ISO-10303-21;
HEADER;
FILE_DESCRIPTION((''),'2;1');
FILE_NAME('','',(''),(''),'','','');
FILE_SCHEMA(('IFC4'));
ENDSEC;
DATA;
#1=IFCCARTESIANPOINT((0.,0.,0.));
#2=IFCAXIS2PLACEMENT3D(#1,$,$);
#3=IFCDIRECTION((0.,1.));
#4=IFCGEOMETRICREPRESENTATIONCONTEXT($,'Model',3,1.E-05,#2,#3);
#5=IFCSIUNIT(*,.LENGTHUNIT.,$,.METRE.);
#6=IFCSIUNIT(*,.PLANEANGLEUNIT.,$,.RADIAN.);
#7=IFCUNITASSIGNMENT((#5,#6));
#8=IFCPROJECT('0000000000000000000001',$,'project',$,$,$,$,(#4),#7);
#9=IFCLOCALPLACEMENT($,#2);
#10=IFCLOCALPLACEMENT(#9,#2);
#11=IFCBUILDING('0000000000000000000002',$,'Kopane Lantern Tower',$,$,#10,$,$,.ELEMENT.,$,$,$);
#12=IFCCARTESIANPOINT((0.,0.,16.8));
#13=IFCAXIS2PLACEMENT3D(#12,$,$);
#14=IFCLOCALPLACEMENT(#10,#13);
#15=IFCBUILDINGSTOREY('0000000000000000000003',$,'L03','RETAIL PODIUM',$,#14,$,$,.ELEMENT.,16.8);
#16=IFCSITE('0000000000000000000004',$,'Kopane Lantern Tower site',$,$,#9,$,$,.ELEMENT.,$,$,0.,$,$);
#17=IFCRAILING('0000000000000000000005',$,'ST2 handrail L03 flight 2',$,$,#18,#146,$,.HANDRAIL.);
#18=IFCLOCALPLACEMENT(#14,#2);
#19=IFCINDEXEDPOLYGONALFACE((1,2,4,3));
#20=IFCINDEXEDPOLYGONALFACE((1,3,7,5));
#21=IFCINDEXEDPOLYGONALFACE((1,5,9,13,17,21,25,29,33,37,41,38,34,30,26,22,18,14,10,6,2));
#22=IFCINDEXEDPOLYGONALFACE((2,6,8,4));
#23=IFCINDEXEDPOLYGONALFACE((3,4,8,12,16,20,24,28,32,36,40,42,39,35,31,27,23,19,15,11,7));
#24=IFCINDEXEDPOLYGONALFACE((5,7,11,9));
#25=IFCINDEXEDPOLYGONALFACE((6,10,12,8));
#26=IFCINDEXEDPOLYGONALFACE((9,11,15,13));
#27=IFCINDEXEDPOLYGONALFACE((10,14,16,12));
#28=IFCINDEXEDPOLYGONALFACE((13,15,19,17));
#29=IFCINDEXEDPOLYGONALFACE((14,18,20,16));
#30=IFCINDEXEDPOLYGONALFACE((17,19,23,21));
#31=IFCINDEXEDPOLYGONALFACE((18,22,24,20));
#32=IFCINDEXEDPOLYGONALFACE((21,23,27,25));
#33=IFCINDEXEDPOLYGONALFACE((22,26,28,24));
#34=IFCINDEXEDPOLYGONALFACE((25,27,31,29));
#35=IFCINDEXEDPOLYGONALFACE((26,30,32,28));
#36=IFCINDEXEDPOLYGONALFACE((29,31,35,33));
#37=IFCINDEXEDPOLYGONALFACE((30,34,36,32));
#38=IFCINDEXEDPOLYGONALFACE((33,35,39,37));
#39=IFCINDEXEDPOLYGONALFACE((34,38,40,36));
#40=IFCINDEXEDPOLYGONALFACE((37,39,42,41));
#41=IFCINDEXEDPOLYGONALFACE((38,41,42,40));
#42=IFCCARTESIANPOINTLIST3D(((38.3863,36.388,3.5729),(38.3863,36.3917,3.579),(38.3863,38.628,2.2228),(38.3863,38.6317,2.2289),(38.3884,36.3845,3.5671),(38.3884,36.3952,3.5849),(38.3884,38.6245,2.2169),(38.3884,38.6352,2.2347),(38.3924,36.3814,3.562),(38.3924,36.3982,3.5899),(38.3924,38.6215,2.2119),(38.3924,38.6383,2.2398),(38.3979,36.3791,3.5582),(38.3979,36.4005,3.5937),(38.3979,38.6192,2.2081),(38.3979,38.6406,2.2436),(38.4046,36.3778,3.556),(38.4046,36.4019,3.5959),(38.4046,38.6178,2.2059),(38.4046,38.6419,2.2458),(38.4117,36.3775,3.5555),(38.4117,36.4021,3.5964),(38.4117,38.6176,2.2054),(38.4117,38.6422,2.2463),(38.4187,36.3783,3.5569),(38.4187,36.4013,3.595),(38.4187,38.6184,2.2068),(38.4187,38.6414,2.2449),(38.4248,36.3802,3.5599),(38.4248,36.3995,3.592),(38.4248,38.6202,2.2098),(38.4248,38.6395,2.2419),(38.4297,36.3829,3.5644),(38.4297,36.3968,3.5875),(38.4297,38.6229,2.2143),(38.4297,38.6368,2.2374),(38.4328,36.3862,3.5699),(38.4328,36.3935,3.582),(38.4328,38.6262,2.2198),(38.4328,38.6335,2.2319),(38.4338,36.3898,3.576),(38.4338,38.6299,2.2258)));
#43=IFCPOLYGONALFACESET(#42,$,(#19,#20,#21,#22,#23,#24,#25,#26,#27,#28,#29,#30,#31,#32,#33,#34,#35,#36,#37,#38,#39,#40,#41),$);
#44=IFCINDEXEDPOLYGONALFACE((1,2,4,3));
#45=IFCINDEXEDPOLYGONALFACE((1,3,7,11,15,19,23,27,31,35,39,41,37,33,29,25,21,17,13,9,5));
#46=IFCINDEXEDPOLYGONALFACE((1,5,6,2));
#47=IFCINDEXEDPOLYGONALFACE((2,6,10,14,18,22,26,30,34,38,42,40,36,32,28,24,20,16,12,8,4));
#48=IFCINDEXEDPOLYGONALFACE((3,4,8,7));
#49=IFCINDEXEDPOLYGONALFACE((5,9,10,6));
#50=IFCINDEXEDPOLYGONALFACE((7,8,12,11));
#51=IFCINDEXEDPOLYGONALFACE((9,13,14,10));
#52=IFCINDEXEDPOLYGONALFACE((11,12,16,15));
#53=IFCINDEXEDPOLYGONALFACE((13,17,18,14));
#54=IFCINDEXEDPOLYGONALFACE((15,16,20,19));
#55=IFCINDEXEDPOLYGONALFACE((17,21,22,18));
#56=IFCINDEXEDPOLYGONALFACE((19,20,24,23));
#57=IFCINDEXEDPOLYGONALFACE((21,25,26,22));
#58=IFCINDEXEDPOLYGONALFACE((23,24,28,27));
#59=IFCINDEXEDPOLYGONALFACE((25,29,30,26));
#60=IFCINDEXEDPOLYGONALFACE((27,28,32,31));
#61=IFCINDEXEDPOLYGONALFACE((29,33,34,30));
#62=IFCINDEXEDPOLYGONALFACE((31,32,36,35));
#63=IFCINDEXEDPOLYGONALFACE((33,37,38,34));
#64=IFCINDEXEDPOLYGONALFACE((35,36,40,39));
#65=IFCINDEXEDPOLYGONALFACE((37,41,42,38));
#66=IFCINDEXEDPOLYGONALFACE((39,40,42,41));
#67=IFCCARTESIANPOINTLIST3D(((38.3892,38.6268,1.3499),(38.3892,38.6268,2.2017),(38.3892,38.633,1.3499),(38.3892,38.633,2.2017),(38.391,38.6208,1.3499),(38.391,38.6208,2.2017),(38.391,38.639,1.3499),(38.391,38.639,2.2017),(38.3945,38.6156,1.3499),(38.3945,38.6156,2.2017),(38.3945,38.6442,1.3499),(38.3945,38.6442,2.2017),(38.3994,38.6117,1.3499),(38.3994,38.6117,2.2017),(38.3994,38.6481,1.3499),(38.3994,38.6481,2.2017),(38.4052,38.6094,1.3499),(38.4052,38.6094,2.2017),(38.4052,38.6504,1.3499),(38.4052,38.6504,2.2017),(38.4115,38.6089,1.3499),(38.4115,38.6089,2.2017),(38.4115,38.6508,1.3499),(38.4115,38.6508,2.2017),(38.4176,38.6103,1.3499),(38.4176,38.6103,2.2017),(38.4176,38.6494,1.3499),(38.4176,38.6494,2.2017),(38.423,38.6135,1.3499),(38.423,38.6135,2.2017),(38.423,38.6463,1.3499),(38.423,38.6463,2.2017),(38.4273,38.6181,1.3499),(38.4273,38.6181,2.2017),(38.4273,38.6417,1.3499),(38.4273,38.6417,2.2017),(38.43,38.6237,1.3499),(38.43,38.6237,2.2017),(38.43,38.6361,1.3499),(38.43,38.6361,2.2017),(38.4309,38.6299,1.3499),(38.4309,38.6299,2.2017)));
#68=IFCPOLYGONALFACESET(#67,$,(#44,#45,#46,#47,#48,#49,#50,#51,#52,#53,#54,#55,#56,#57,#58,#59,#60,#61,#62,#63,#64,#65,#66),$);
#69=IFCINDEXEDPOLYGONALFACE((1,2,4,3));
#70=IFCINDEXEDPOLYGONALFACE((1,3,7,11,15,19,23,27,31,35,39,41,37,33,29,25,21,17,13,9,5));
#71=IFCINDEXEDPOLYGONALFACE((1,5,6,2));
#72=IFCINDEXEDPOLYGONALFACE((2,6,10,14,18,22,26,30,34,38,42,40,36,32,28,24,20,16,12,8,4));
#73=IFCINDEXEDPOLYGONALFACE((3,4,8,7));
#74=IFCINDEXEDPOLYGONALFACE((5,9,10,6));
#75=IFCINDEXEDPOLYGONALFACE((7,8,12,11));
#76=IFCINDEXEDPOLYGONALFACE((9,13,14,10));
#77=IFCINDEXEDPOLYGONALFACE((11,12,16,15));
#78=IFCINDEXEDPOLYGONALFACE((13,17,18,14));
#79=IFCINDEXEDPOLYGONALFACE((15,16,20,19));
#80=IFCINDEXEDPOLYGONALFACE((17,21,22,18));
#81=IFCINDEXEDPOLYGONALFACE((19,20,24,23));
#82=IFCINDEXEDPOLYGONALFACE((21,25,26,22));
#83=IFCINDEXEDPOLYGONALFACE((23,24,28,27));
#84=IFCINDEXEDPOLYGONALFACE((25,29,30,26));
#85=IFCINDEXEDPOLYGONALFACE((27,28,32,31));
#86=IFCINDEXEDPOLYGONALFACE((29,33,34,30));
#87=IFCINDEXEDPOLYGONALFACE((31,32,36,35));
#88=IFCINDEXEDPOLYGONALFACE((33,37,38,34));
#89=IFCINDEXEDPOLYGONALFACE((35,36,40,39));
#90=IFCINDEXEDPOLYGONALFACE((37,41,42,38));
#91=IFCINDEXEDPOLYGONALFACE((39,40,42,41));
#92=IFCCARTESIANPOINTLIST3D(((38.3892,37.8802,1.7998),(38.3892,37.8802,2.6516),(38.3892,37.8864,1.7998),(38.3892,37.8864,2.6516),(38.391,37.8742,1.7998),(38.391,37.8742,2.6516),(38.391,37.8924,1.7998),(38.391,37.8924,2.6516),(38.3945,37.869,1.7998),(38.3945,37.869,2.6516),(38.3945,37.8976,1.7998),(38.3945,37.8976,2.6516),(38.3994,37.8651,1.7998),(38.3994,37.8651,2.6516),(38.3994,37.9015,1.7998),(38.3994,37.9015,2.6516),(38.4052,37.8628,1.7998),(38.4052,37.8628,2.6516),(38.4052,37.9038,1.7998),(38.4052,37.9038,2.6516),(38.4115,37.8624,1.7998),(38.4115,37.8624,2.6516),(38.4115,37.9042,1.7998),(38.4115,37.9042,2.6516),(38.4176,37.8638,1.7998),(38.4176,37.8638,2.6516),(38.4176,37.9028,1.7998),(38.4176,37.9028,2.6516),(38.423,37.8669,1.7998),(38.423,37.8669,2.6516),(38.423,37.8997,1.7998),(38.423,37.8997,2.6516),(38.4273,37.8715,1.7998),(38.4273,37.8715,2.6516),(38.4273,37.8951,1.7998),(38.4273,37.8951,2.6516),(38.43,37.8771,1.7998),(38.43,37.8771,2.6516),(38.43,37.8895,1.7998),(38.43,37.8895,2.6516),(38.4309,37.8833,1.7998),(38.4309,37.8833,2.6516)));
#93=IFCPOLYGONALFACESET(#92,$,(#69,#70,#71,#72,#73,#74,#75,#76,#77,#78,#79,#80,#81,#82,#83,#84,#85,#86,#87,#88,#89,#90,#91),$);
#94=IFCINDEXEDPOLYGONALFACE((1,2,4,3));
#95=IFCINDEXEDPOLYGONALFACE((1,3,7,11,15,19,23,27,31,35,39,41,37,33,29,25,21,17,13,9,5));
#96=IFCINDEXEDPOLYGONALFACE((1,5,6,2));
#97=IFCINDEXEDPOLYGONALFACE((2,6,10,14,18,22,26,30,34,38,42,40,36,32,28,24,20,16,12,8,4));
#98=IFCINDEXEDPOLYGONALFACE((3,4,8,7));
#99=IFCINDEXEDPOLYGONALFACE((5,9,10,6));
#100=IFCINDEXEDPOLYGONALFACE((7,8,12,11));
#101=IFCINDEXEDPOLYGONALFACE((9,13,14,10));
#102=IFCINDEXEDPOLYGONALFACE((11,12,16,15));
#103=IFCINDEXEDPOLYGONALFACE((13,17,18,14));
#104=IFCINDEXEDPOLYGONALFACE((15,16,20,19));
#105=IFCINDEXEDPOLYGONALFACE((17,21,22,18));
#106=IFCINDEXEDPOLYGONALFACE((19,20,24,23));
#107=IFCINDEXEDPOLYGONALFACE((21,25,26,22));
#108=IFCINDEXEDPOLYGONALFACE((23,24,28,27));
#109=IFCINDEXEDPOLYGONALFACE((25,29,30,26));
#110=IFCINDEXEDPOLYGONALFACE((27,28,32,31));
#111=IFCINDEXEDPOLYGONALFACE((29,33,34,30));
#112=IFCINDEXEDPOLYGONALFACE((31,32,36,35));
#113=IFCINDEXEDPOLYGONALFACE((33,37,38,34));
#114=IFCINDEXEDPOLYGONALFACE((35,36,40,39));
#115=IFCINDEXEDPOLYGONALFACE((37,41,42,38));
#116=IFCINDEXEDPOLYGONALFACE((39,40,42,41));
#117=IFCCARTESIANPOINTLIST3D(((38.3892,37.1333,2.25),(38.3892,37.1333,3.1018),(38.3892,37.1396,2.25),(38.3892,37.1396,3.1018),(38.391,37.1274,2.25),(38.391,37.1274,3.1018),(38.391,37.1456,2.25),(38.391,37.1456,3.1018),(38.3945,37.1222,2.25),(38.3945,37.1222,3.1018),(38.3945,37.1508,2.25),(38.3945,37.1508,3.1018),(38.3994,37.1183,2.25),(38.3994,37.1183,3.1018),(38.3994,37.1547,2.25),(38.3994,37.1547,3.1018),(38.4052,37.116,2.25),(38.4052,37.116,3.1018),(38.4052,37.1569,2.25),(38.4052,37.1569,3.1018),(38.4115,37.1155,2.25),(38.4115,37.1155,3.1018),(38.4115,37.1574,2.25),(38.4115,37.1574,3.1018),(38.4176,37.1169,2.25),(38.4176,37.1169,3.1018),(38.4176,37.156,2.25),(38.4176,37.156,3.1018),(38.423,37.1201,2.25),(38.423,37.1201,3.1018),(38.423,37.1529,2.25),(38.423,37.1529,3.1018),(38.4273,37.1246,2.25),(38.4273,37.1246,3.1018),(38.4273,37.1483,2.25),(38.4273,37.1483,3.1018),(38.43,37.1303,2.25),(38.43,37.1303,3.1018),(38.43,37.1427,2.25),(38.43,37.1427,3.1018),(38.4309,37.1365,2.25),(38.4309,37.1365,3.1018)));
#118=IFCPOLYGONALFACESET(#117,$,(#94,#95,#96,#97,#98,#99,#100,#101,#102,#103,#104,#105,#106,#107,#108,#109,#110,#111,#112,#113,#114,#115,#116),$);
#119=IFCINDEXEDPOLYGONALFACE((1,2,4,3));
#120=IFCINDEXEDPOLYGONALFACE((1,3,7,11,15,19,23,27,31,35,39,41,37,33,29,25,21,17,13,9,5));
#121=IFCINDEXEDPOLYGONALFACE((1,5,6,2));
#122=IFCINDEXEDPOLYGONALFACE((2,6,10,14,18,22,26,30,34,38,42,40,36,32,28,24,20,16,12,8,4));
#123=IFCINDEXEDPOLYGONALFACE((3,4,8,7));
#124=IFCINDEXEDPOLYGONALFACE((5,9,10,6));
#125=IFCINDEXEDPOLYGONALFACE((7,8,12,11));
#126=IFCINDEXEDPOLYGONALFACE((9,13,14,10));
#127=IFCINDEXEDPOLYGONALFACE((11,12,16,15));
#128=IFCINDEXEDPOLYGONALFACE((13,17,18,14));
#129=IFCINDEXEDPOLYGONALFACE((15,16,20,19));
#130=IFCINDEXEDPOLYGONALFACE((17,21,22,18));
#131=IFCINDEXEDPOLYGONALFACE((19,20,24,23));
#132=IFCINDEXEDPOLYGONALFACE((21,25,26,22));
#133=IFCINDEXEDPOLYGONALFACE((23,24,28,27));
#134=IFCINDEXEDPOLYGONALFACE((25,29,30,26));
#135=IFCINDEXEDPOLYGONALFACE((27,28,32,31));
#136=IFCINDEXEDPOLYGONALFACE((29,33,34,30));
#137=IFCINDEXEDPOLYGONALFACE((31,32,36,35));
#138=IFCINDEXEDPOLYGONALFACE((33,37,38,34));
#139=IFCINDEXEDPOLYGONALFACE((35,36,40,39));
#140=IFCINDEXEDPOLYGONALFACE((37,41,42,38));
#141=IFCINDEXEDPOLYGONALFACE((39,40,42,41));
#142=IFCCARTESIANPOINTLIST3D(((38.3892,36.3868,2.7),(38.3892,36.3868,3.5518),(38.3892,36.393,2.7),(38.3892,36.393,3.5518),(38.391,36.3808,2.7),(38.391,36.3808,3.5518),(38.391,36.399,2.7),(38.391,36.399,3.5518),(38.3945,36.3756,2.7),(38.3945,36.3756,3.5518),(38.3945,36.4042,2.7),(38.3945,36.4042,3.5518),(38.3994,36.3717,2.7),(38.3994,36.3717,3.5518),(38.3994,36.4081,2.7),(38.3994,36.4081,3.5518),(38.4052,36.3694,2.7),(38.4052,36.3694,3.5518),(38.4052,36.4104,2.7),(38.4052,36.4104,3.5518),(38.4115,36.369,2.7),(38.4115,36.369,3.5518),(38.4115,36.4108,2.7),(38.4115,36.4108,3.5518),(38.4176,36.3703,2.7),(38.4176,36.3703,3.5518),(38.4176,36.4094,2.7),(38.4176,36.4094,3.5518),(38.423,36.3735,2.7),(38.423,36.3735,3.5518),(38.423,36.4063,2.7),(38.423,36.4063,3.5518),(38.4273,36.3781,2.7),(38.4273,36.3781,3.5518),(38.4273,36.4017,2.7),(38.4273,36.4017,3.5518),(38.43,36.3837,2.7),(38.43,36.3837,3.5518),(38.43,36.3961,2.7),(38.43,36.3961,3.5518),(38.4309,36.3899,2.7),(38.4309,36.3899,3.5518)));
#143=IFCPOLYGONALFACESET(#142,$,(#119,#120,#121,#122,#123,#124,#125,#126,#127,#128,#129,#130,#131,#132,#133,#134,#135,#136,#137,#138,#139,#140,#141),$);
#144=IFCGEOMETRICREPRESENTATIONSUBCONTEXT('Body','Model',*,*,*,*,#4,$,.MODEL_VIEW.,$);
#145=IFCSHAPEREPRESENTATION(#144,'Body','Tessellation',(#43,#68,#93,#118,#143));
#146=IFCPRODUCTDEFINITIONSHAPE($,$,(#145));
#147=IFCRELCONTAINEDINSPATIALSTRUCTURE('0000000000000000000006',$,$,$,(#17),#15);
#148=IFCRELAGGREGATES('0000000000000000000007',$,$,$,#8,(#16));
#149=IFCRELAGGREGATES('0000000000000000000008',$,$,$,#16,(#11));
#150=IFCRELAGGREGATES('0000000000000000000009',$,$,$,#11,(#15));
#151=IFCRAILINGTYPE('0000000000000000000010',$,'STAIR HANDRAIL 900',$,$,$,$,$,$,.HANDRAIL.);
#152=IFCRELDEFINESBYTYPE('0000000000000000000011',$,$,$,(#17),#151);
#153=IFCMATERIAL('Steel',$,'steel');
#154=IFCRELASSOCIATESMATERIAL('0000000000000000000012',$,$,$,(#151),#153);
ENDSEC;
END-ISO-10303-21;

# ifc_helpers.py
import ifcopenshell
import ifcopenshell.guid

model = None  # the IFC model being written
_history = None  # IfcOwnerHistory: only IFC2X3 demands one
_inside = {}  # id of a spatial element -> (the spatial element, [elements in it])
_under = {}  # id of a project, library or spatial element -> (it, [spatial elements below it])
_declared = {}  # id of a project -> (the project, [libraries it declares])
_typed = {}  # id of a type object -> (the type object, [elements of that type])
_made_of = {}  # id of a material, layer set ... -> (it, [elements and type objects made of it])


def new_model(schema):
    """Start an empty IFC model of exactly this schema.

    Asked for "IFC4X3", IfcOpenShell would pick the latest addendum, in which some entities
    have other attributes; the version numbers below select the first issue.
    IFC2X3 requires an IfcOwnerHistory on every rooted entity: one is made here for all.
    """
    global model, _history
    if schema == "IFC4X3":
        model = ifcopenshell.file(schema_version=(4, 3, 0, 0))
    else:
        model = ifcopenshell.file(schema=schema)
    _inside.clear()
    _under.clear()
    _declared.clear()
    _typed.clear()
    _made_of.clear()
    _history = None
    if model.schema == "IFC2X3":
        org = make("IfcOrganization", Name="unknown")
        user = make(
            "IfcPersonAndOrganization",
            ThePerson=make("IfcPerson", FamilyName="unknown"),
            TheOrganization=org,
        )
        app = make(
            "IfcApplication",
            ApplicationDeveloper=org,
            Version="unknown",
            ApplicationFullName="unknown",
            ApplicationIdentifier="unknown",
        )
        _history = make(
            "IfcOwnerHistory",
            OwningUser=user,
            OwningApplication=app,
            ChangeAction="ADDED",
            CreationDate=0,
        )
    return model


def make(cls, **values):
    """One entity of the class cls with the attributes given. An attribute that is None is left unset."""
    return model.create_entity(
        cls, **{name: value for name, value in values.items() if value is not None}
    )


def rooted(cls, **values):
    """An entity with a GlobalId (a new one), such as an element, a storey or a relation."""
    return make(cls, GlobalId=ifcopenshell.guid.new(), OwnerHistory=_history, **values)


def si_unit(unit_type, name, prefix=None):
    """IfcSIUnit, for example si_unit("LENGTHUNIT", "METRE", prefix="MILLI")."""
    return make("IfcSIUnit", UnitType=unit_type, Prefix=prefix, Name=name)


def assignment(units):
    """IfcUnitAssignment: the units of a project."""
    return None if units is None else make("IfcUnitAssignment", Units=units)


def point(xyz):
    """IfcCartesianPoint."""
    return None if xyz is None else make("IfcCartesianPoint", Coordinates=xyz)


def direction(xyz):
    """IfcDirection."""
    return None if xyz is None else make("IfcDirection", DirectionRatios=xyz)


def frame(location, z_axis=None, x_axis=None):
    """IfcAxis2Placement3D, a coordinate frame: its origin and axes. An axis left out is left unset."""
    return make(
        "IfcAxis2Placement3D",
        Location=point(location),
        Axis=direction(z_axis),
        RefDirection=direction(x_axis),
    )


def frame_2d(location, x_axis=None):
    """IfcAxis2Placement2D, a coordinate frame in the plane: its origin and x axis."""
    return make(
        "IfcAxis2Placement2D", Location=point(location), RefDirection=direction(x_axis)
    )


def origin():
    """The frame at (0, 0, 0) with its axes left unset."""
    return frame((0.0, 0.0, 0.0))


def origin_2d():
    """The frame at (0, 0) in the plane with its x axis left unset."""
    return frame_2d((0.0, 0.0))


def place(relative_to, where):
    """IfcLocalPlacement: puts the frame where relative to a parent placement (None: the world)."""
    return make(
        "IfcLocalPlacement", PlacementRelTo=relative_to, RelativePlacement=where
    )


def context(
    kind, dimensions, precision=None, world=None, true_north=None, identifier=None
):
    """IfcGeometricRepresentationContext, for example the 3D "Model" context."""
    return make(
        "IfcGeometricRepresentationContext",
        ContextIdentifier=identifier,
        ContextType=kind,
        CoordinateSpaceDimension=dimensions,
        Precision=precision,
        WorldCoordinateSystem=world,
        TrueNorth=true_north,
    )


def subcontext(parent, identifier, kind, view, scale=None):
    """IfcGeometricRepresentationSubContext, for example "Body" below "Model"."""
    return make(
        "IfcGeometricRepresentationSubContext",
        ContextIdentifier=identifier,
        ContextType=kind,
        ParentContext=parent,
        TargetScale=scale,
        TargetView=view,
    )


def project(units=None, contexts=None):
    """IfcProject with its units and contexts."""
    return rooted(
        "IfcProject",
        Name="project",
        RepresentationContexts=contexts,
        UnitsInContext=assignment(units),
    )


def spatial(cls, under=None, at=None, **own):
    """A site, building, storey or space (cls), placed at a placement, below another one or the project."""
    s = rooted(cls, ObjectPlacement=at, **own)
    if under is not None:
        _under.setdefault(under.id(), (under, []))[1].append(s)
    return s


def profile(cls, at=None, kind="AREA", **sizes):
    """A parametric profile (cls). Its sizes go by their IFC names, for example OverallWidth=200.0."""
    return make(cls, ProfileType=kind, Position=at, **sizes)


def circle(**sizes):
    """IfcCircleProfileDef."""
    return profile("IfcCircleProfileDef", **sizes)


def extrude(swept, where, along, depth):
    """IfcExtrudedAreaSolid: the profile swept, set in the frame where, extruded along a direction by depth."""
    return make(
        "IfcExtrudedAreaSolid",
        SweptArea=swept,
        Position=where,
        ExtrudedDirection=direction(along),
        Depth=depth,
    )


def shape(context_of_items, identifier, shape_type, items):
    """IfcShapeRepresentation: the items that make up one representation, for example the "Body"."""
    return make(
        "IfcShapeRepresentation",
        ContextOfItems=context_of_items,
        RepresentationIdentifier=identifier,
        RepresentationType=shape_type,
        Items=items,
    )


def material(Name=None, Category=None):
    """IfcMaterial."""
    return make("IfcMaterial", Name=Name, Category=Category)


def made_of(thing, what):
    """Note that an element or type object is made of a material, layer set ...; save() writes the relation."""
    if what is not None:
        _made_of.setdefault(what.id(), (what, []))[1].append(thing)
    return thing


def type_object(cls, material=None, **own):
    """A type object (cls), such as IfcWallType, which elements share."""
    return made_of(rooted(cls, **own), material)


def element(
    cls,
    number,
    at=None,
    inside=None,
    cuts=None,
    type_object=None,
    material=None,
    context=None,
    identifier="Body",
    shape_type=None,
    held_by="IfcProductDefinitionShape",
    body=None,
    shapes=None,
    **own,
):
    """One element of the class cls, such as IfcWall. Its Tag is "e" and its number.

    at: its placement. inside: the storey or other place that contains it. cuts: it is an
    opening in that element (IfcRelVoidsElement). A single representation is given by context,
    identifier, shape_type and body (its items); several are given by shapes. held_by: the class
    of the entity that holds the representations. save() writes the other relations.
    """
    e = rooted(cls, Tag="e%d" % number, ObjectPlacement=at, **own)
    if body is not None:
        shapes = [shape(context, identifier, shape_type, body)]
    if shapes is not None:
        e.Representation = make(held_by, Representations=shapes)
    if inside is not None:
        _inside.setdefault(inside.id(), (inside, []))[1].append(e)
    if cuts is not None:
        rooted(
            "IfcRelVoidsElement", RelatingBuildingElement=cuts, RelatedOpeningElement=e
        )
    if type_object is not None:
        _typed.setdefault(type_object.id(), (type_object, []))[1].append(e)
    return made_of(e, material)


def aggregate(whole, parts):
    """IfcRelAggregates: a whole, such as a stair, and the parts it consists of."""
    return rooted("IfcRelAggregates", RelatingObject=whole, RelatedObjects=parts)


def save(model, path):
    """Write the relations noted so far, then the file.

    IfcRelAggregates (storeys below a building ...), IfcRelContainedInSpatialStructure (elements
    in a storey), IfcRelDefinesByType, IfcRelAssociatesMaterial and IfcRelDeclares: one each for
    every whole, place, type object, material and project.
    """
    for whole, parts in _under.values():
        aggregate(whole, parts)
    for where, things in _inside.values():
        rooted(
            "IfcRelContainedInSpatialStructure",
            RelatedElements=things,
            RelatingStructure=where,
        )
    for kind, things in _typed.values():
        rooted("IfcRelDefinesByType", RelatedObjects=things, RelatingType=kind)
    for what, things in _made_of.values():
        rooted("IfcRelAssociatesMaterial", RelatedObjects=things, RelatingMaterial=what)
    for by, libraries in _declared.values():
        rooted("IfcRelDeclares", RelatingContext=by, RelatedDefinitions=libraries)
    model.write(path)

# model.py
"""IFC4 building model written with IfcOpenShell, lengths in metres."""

from ifc_helpers import new_model, si_unit, direction, frame, origin, origin_2d, place, context, subcontext, project, spatial, circle, extrude, material, type_object, element, save


model = new_model("IFC4")

# Units and contexts
model_context = context("Model", 3, precision=1e-05, world=origin(), true_north=direction((0.0, 1.0)))
body_context = subcontext(model_context, "Body", "Model", "MODEL_VIEW")
ifc_project = project(units=[si_unit("LENGTHUNIT", "METRE"), si_unit("PLANEANGLEUNIT", "RADIAN")], contexts=[model_context])

# Site, building, storey
site_placement = place(None, origin())
site = spatial("IfcSite", under=ifc_project, at=site_placement, Name="Kopane Lantern Tower site", CompositionType="ELEMENT", RefElevation=0.0)
building_placement = place(site_placement, origin())
building = spatial("IfcBuilding", under=site, at=building_placement, Name="Kopane Lantern Tower", CompositionType="ELEMENT")
storey_placement = place(building_placement, frame((0.0, 0.0, 16.8)))
storey = spatial("IfcBuildingStorey", under=building, at=storey_placement, Name="L03", Description="RETAIL PODIUM", CompositionType="ELEMENT", Elevation=16.8)

# Railing
ifc_material_1 = material(Name="Steel", Category="steel")
railing_type_1 = type_object("IfcRailingType", Name="STAIR HANDRAIL 900", PredefinedType="HANDRAIL", material=ifc_material_1)
for number, where, name in (
    (1, (38.4099, 38.6299, 1.3499), "ST2 handrail L03 flight 2"),
):
    element("IfcRailing", number, at=place(storey_placement, frame(where)), inside=storey, type_object=railing_type_1, Name=name, PredefinedType="HANDRAIL", context=body_context, shape_type="SweptSolid", body=[
        extrude(circle(Radius=0.0239, at=origin_2d()), frame((0.0, 0.0, 0.876), z_axis=(0.0, -0.856462, 0.516211), x_axis=(1.0, 0.0, 0.0)), (0.0, 0.0, 1.0), 2.6155),
        extrude(circle(Radius=0.021, at=origin_2d()), origin(), (0.0, 0.0, 1.0), 0.8518),
        extrude(circle(Radius=0.021, at=origin_2d()), frame((0.0, -0.7466, 0.45)), (0.0, 0.0, 1.0), 0.8518),
        extrude(circle(Radius=0.021, at=origin_2d()), frame((0.0, -1.4934, 0.9001)), (0.0, 0.0, 1.0), 0.8518),
        extrude(circle(Radius=0.021, at=origin_2d()), frame((0.0, -2.24, 1.3501)), (0.0, 0.0, 1.0), 0.8518),
    ])

save(model, "model.ifc")
